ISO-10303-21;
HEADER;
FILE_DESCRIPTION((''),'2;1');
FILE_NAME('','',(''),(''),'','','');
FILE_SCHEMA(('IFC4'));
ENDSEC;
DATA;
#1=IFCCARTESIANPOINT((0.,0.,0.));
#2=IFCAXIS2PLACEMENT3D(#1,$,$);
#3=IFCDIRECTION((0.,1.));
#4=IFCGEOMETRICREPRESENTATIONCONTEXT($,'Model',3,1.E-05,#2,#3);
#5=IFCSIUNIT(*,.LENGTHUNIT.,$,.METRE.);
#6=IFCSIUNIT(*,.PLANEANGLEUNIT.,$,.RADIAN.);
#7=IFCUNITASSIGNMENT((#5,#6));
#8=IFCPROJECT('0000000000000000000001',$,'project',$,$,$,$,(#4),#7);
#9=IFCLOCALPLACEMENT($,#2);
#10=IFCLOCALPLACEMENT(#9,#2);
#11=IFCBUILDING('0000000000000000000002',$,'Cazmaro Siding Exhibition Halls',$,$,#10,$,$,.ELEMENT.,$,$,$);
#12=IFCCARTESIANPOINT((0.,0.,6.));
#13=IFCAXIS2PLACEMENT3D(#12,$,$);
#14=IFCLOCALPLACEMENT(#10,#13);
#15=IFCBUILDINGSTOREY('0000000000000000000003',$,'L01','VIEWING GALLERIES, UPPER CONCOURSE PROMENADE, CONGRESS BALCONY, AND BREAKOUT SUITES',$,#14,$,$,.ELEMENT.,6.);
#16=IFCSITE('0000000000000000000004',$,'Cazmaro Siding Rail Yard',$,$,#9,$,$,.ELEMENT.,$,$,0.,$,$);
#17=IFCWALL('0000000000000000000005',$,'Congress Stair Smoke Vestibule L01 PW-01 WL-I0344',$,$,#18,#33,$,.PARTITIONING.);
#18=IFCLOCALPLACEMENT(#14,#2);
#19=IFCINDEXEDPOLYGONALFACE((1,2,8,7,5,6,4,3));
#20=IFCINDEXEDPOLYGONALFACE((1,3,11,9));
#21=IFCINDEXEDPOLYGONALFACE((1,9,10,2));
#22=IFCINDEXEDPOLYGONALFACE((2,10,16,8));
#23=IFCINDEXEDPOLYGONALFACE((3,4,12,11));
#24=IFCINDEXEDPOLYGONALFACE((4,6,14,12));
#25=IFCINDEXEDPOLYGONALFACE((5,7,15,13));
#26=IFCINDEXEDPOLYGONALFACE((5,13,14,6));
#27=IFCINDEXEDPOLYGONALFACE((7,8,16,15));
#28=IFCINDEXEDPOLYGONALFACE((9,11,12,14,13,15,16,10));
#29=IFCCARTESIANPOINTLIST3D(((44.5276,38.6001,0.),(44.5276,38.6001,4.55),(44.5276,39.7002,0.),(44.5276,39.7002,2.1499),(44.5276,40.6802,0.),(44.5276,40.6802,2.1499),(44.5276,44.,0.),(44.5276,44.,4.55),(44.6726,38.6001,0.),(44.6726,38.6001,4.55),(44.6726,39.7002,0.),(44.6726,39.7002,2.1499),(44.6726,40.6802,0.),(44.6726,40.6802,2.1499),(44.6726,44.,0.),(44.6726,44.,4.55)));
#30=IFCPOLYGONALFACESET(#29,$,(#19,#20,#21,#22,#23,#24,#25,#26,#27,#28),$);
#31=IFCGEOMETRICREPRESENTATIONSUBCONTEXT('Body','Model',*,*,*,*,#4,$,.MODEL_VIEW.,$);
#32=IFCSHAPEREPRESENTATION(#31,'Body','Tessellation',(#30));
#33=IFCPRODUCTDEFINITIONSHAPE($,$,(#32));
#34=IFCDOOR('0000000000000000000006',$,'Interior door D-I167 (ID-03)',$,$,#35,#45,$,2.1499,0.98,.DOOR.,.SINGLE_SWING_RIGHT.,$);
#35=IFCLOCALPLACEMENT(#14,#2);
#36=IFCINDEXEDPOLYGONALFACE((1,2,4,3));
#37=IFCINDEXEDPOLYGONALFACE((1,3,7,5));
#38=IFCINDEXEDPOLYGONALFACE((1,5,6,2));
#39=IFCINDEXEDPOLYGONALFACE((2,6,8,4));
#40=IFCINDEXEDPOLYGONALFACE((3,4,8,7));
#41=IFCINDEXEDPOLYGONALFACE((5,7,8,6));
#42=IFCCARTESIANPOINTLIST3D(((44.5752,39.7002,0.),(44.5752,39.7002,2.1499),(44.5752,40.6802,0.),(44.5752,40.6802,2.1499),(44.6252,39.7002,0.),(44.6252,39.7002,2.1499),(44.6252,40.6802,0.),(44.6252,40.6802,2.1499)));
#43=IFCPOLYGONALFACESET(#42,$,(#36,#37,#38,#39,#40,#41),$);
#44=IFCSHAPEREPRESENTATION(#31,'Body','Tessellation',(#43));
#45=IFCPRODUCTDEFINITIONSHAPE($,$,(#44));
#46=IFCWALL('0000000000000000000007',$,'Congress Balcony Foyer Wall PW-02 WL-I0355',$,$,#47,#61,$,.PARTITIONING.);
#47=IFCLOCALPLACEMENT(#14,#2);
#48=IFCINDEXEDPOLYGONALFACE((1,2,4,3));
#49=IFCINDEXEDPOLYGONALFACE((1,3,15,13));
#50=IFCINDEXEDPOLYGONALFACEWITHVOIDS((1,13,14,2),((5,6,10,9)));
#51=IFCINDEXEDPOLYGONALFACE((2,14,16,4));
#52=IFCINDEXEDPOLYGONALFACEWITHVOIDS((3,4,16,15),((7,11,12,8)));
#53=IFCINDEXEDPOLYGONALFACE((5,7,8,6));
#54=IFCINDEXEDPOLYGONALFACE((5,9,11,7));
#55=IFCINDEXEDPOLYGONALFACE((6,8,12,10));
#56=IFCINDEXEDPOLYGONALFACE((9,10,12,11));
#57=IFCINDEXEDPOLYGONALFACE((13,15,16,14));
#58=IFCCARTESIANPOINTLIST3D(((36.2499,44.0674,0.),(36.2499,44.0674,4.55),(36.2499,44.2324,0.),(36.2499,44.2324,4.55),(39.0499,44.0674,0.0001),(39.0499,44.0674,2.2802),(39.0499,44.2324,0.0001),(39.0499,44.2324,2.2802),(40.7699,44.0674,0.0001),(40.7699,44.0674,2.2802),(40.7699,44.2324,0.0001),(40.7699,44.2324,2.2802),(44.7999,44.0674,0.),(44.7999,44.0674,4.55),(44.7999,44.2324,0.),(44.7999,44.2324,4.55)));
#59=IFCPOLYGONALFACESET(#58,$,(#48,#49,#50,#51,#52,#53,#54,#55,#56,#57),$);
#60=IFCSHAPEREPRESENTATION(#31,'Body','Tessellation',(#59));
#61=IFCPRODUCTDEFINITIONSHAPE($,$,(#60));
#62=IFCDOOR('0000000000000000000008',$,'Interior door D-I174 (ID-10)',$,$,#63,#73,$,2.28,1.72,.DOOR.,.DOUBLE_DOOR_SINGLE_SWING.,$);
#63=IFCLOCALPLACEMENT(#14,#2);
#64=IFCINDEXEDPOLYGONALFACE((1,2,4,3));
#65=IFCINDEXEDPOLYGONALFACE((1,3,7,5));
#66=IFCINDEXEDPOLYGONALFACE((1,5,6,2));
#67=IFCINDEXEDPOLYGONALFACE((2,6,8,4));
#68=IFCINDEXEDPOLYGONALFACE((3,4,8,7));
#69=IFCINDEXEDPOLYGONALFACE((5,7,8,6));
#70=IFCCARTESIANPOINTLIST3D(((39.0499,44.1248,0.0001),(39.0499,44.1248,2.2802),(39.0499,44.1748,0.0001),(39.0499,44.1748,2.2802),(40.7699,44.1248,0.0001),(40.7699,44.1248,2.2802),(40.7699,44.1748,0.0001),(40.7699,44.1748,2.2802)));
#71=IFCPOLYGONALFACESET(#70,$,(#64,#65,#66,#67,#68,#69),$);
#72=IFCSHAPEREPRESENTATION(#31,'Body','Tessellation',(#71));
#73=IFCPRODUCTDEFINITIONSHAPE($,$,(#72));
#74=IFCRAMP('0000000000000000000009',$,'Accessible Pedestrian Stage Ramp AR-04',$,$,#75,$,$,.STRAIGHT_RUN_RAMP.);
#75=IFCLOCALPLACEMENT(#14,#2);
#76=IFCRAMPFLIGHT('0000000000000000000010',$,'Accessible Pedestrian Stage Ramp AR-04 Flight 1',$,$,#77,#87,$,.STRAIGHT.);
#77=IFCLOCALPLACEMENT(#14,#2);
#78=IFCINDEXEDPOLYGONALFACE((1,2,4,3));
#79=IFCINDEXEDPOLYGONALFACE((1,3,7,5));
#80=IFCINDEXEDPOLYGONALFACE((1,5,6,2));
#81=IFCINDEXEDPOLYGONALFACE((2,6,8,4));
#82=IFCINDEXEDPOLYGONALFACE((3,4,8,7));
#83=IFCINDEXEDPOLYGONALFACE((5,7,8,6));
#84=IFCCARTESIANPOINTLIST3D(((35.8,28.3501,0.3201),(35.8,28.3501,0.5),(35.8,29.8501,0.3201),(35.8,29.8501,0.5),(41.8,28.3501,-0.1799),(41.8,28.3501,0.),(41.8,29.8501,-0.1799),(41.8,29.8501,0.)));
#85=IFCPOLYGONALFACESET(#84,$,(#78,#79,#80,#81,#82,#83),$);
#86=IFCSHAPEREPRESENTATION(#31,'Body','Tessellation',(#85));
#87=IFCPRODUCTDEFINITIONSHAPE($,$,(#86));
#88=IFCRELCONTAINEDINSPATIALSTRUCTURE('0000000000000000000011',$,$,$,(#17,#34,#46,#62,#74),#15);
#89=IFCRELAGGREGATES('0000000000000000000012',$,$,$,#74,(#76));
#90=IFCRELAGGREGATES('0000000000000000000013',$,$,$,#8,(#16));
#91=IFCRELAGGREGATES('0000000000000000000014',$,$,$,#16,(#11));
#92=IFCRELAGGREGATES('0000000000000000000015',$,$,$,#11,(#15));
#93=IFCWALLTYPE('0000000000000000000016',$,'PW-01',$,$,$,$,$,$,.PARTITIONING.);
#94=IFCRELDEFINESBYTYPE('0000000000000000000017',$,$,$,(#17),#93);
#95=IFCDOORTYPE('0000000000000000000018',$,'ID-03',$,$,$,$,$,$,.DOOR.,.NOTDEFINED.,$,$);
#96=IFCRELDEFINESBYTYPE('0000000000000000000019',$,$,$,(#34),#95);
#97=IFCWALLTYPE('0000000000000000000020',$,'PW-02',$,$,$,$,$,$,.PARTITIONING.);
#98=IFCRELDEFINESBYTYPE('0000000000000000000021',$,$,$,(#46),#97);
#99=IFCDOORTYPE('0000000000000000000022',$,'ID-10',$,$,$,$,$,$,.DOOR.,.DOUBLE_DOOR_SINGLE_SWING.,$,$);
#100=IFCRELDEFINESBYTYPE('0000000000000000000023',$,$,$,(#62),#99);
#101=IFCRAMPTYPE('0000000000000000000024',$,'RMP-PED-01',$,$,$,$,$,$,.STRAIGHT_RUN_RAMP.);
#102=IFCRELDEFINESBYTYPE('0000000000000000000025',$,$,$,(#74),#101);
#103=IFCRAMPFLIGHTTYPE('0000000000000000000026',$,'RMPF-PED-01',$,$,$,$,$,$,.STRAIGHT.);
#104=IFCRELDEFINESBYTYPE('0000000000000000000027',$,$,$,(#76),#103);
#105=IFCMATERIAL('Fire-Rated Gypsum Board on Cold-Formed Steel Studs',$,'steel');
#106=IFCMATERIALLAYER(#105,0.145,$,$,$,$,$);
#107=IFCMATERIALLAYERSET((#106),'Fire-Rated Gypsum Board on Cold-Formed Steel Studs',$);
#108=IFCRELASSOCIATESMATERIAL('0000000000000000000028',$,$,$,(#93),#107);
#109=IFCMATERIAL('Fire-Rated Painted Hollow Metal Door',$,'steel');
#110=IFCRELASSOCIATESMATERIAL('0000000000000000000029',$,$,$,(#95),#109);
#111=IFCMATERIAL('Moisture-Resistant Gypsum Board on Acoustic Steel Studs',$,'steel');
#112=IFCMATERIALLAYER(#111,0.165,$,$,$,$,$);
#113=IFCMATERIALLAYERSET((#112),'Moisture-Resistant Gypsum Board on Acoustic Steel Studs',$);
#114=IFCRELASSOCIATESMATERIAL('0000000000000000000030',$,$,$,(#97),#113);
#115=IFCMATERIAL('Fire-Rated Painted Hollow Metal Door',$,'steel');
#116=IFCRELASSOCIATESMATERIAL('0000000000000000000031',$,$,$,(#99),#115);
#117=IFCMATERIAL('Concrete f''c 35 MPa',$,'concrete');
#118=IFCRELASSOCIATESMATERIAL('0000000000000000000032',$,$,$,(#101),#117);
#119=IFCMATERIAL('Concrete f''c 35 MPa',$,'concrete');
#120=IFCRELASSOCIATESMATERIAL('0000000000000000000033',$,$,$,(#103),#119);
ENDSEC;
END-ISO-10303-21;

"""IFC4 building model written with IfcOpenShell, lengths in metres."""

from ifc_helpers import new_model, si_unit, direction, frame, frame_2d, origin, place, context, subcontext, project, spatial, polyline, rectangle, outline, extrude, material, layer, layer_set, type_object, element, fill, aggregate, save


model = new_model("IFC4")

# Units and contexts
model_context = context("Model", 3, precision=1e-05, world=origin(), true_north=direction((0.0, 1.0)))
body_context = subcontext(model_context, "Body", "Model", "MODEL_VIEW")
ifc_project = project(units=[si_unit("LENGTHUNIT", "METRE"), si_unit("PLANEANGLEUNIT", "RADIAN")], contexts=[model_context])

# Site, building, storey
site_placement = place(None, origin())
site = spatial("IfcSite", under=ifc_project, at=site_placement, Name="Cazmaro Siding Rail Yard", CompositionType="ELEMENT", RefElevation=0.0)
building_placement = place(site_placement, origin())
building = spatial("IfcBuilding", under=site, at=building_placement, Name="Cazmaro Siding Exhibition Halls", CompositionType="ELEMENT")
storey_placement = place(building_placement, frame((0.0, 0.0, 6.0)))
storey = spatial("IfcBuildingStorey", under=building, at=storey_placement, Name="L01", Description="VIEWING GALLERIES, UPPER CONCOURSE PROMENADE, CONGRESS BALCONY, AND BREAKOUT SUITES", CompositionType="ELEMENT", Elevation=6.0)

# Walls, openings, doors
ifc_material_1 = material(Name="Fire-Rated Gypsum Board on Cold-Formed Steel Studs", Category="steel")
ifc_layer_1 = layer(ifc_material_1, 0.145)
ifc_layer_set_1 = layer_set([ifc_layer_1], Name="Fire-Rated Gypsum Board on Cold-Formed Steel Studs")
wall_type_1 = type_object("IfcWallType", Name="PW-01", PredefinedType="PARTITIONING", material=ifc_layer_set_1)
wall_1_placement = place(storey_placement, frame((44.6001, 38.6001, 0.0), z_axis=(0.0, 0.0, 1.0), x_axis=(0.0, 1.0, 0.0)))
wall_1 = element("IfcWall", 1, at=wall_1_placement, inside=storey, type_object=wall_type_1, Name="Congress Stair Smoke Vestibule L01 PW-01 WL-I0344", PredefinedType="PARTITIONING", context=body_context, shape_type="SweptSolid", body=[
    extrude(rectangle(XDim=5.3999, YDim=0.145, at=frame_2d((2.7, 0.0))), origin(), (0.0, 0.0, 1.0), 4.55),
])
opening_1_placement = place(wall_1_placement, frame((1.1001, 0.0, 0.0)))
opening_1 = element("IfcOpeningElement", 2, at=opening_1_placement, cuts=wall_1, PredefinedType="OPENING", context=body_context, shape_type="SweptSolid", body=[
    extrude(rectangle(XDim=0.98, YDim=2.1499, at=frame_2d((0.49, 1.075))), frame((0.0, 0.0825, 0.0), z_axis=(0.0, -1.0, 0.0), x_axis=(1.0, 0.0, 0.0)), (0.0, 0.0, 1.0), 0.165),
])
ifc_material_2 = material(Name="Fire-Rated Painted Hollow Metal Door", Category="steel")
door_type_1 = type_object("IfcDoorType", Name="ID-03", OperationType="NOTDEFINED", PredefinedType="DOOR", material=ifc_material_2)
door_1_placement = place(opening_1_placement, origin())
door_1 = element("IfcDoor", 3, at=door_1_placement, inside=storey, type_object=door_type_1, Name="Interior door D-I167 (ID-03)", OperationType="SINGLE_SWING_RIGHT", OverallHeight=2.1499, OverallWidth=0.98, PredefinedType="DOOR", context=body_context, shape_type="SweptSolid", body=[
    extrude(rectangle(XDim=0.98, YDim=2.1499, at=frame_2d((0.49, 1.075))), frame((0.0, 0.0249, 0.0), z_axis=(0.0, -1.0, 0.0), x_axis=(1.0, 0.0, 0.0)), (0.0, 0.0, 1.0), 0.05),
])
fill(opening_1, door_1)
ifc_material_3 = material(Name="Moisture-Resistant Gypsum Board on Acoustic Steel Studs", Category="steel")
ifc_layer_2 = layer(ifc_material_3, 0.165)
ifc_layer_set_2 = layer_set([ifc_layer_2], Name="Moisture-Resistant Gypsum Board on Acoustic Steel Studs")
wall_type_2 = type_object("IfcWallType", Name="PW-02", PredefinedType="PARTITIONING", material=ifc_layer_set_2)
wall_2_placement = place(storey_placement, frame((36.25, 44.1499, 0.0), z_axis=(0.0, 0.0, 1.0), x_axis=(1.0, 0.0, 0.0)))
wall_2 = element("IfcWall", 4, at=wall_2_placement, inside=storey, type_object=wall_type_2, Name="Congress Balcony Foyer Wall PW-02 WL-I0355", PredefinedType="PARTITIONING", context=body_context, shape_type="SweptSolid", body=[
    extrude(rectangle(XDim=8.55, YDim=0.165, at=frame_2d((4.2749, 0.0))), origin(), (0.0, 0.0, 1.0), 4.55),
])
opening_2_placement = place(wall_2_placement, frame((2.8, 0.0, 0.0)))
opening_2 = element("IfcOpeningElement", 5, at=opening_2_placement, cuts=wall_2, PredefinedType="OPENING", context=body_context, shape_type="SweptSolid", body=[
    extrude(rectangle(XDim=1.72, YDim=2.28, at=frame_2d((0.8599, 1.1401))), frame((0.0, 0.0925, 0.0), z_axis=(0.0, -1.0, 0.0), x_axis=(1.0, 0.0, 0.0)), (0.0, 0.0, 1.0), 0.1851),
])
ifc_material_4 = material(Name="Fire-Rated Painted Hollow Metal Door", Category="steel")
door_type_2 = type_object("IfcDoorType", Name="ID-10", OperationType="DOUBLE_DOOR_SINGLE_SWING", PredefinedType="DOOR", material=ifc_material_4)
door_2_placement = place(opening_2_placement, origin())
door_2 = element("IfcDoor", 6, at=door_2_placement, inside=storey, type_object=door_type_2, Name="Interior door D-I174 (ID-10)", OperationType="DOUBLE_DOOR_SINGLE_SWING", OverallHeight=2.28, OverallWidth=1.72, PredefinedType="DOOR", context=body_context, shape_type="SweptSolid", body=[
    extrude(rectangle(XDim=1.72, YDim=2.28, at=frame_2d((0.8599, 1.1401))), frame((0.0, 0.0249, 0.0), z_axis=(0.0, -1.0, 0.0), x_axis=(1.0, 0.0, 0.0)), (0.0, 0.0, 1.0), 0.05),
])
fill(opening_2, door_2)

# Ramp, ramp flight
ifc_material_5 = material(Name="Concrete f'c 35 MPa", Category="concrete")
ramp_type = type_object("IfcRampType", Name="RMP-PED-01", PredefinedType="STRAIGHT_RUN_RAMP", material=ifc_material_5)
ramp_placement = place(storey_placement, origin())
ramp = element("IfcRamp", 7, at=ramp_placement, inside=storey, type_object=ramp_type, Name="Accessible Pedestrian Stage Ramp AR-04", PredefinedType="STRAIGHT_RUN_RAMP")
ifc_material_6 = material(Name="Concrete f'c 35 MPa", Category="concrete")
ramp_flight_type = type_object("IfcRampFlightType", Name="RMPF-PED-01", PredefinedType="STRAIGHT", material=ifc_material_6)
ramp_flight_placement = place(storey_placement, frame((41.8, 29.1001, 0.0), z_axis=(0.0, 0.0, 1.0), x_axis=(-1.0, 0.0, 0.0)))
ramp_flight = element("IfcRampFlight", 8, at=ramp_flight_placement, type_object=ramp_flight_type, Name="Accessible Pedestrian Stage Ramp AR-04 Flight 1", PredefinedType="STRAIGHT", context=body_context, shape_type="SweptSolid", body=[
    extrude(outline(polyline([(0.0, -0.1799), (6.0, 0.3201), (6.0, 0.5), (0.0, 0.0), (0.0, -0.1799)])), frame((0.0, 0.75, 0.0), z_axis=(0.0, -1.0, 0.0), x_axis=(1.0, 0.0, 0.0)), (0.0, 0.0, 1.0), 1.5),
])
aggregate(ramp, [ramp_flight])

save(model, "model.ifc")
